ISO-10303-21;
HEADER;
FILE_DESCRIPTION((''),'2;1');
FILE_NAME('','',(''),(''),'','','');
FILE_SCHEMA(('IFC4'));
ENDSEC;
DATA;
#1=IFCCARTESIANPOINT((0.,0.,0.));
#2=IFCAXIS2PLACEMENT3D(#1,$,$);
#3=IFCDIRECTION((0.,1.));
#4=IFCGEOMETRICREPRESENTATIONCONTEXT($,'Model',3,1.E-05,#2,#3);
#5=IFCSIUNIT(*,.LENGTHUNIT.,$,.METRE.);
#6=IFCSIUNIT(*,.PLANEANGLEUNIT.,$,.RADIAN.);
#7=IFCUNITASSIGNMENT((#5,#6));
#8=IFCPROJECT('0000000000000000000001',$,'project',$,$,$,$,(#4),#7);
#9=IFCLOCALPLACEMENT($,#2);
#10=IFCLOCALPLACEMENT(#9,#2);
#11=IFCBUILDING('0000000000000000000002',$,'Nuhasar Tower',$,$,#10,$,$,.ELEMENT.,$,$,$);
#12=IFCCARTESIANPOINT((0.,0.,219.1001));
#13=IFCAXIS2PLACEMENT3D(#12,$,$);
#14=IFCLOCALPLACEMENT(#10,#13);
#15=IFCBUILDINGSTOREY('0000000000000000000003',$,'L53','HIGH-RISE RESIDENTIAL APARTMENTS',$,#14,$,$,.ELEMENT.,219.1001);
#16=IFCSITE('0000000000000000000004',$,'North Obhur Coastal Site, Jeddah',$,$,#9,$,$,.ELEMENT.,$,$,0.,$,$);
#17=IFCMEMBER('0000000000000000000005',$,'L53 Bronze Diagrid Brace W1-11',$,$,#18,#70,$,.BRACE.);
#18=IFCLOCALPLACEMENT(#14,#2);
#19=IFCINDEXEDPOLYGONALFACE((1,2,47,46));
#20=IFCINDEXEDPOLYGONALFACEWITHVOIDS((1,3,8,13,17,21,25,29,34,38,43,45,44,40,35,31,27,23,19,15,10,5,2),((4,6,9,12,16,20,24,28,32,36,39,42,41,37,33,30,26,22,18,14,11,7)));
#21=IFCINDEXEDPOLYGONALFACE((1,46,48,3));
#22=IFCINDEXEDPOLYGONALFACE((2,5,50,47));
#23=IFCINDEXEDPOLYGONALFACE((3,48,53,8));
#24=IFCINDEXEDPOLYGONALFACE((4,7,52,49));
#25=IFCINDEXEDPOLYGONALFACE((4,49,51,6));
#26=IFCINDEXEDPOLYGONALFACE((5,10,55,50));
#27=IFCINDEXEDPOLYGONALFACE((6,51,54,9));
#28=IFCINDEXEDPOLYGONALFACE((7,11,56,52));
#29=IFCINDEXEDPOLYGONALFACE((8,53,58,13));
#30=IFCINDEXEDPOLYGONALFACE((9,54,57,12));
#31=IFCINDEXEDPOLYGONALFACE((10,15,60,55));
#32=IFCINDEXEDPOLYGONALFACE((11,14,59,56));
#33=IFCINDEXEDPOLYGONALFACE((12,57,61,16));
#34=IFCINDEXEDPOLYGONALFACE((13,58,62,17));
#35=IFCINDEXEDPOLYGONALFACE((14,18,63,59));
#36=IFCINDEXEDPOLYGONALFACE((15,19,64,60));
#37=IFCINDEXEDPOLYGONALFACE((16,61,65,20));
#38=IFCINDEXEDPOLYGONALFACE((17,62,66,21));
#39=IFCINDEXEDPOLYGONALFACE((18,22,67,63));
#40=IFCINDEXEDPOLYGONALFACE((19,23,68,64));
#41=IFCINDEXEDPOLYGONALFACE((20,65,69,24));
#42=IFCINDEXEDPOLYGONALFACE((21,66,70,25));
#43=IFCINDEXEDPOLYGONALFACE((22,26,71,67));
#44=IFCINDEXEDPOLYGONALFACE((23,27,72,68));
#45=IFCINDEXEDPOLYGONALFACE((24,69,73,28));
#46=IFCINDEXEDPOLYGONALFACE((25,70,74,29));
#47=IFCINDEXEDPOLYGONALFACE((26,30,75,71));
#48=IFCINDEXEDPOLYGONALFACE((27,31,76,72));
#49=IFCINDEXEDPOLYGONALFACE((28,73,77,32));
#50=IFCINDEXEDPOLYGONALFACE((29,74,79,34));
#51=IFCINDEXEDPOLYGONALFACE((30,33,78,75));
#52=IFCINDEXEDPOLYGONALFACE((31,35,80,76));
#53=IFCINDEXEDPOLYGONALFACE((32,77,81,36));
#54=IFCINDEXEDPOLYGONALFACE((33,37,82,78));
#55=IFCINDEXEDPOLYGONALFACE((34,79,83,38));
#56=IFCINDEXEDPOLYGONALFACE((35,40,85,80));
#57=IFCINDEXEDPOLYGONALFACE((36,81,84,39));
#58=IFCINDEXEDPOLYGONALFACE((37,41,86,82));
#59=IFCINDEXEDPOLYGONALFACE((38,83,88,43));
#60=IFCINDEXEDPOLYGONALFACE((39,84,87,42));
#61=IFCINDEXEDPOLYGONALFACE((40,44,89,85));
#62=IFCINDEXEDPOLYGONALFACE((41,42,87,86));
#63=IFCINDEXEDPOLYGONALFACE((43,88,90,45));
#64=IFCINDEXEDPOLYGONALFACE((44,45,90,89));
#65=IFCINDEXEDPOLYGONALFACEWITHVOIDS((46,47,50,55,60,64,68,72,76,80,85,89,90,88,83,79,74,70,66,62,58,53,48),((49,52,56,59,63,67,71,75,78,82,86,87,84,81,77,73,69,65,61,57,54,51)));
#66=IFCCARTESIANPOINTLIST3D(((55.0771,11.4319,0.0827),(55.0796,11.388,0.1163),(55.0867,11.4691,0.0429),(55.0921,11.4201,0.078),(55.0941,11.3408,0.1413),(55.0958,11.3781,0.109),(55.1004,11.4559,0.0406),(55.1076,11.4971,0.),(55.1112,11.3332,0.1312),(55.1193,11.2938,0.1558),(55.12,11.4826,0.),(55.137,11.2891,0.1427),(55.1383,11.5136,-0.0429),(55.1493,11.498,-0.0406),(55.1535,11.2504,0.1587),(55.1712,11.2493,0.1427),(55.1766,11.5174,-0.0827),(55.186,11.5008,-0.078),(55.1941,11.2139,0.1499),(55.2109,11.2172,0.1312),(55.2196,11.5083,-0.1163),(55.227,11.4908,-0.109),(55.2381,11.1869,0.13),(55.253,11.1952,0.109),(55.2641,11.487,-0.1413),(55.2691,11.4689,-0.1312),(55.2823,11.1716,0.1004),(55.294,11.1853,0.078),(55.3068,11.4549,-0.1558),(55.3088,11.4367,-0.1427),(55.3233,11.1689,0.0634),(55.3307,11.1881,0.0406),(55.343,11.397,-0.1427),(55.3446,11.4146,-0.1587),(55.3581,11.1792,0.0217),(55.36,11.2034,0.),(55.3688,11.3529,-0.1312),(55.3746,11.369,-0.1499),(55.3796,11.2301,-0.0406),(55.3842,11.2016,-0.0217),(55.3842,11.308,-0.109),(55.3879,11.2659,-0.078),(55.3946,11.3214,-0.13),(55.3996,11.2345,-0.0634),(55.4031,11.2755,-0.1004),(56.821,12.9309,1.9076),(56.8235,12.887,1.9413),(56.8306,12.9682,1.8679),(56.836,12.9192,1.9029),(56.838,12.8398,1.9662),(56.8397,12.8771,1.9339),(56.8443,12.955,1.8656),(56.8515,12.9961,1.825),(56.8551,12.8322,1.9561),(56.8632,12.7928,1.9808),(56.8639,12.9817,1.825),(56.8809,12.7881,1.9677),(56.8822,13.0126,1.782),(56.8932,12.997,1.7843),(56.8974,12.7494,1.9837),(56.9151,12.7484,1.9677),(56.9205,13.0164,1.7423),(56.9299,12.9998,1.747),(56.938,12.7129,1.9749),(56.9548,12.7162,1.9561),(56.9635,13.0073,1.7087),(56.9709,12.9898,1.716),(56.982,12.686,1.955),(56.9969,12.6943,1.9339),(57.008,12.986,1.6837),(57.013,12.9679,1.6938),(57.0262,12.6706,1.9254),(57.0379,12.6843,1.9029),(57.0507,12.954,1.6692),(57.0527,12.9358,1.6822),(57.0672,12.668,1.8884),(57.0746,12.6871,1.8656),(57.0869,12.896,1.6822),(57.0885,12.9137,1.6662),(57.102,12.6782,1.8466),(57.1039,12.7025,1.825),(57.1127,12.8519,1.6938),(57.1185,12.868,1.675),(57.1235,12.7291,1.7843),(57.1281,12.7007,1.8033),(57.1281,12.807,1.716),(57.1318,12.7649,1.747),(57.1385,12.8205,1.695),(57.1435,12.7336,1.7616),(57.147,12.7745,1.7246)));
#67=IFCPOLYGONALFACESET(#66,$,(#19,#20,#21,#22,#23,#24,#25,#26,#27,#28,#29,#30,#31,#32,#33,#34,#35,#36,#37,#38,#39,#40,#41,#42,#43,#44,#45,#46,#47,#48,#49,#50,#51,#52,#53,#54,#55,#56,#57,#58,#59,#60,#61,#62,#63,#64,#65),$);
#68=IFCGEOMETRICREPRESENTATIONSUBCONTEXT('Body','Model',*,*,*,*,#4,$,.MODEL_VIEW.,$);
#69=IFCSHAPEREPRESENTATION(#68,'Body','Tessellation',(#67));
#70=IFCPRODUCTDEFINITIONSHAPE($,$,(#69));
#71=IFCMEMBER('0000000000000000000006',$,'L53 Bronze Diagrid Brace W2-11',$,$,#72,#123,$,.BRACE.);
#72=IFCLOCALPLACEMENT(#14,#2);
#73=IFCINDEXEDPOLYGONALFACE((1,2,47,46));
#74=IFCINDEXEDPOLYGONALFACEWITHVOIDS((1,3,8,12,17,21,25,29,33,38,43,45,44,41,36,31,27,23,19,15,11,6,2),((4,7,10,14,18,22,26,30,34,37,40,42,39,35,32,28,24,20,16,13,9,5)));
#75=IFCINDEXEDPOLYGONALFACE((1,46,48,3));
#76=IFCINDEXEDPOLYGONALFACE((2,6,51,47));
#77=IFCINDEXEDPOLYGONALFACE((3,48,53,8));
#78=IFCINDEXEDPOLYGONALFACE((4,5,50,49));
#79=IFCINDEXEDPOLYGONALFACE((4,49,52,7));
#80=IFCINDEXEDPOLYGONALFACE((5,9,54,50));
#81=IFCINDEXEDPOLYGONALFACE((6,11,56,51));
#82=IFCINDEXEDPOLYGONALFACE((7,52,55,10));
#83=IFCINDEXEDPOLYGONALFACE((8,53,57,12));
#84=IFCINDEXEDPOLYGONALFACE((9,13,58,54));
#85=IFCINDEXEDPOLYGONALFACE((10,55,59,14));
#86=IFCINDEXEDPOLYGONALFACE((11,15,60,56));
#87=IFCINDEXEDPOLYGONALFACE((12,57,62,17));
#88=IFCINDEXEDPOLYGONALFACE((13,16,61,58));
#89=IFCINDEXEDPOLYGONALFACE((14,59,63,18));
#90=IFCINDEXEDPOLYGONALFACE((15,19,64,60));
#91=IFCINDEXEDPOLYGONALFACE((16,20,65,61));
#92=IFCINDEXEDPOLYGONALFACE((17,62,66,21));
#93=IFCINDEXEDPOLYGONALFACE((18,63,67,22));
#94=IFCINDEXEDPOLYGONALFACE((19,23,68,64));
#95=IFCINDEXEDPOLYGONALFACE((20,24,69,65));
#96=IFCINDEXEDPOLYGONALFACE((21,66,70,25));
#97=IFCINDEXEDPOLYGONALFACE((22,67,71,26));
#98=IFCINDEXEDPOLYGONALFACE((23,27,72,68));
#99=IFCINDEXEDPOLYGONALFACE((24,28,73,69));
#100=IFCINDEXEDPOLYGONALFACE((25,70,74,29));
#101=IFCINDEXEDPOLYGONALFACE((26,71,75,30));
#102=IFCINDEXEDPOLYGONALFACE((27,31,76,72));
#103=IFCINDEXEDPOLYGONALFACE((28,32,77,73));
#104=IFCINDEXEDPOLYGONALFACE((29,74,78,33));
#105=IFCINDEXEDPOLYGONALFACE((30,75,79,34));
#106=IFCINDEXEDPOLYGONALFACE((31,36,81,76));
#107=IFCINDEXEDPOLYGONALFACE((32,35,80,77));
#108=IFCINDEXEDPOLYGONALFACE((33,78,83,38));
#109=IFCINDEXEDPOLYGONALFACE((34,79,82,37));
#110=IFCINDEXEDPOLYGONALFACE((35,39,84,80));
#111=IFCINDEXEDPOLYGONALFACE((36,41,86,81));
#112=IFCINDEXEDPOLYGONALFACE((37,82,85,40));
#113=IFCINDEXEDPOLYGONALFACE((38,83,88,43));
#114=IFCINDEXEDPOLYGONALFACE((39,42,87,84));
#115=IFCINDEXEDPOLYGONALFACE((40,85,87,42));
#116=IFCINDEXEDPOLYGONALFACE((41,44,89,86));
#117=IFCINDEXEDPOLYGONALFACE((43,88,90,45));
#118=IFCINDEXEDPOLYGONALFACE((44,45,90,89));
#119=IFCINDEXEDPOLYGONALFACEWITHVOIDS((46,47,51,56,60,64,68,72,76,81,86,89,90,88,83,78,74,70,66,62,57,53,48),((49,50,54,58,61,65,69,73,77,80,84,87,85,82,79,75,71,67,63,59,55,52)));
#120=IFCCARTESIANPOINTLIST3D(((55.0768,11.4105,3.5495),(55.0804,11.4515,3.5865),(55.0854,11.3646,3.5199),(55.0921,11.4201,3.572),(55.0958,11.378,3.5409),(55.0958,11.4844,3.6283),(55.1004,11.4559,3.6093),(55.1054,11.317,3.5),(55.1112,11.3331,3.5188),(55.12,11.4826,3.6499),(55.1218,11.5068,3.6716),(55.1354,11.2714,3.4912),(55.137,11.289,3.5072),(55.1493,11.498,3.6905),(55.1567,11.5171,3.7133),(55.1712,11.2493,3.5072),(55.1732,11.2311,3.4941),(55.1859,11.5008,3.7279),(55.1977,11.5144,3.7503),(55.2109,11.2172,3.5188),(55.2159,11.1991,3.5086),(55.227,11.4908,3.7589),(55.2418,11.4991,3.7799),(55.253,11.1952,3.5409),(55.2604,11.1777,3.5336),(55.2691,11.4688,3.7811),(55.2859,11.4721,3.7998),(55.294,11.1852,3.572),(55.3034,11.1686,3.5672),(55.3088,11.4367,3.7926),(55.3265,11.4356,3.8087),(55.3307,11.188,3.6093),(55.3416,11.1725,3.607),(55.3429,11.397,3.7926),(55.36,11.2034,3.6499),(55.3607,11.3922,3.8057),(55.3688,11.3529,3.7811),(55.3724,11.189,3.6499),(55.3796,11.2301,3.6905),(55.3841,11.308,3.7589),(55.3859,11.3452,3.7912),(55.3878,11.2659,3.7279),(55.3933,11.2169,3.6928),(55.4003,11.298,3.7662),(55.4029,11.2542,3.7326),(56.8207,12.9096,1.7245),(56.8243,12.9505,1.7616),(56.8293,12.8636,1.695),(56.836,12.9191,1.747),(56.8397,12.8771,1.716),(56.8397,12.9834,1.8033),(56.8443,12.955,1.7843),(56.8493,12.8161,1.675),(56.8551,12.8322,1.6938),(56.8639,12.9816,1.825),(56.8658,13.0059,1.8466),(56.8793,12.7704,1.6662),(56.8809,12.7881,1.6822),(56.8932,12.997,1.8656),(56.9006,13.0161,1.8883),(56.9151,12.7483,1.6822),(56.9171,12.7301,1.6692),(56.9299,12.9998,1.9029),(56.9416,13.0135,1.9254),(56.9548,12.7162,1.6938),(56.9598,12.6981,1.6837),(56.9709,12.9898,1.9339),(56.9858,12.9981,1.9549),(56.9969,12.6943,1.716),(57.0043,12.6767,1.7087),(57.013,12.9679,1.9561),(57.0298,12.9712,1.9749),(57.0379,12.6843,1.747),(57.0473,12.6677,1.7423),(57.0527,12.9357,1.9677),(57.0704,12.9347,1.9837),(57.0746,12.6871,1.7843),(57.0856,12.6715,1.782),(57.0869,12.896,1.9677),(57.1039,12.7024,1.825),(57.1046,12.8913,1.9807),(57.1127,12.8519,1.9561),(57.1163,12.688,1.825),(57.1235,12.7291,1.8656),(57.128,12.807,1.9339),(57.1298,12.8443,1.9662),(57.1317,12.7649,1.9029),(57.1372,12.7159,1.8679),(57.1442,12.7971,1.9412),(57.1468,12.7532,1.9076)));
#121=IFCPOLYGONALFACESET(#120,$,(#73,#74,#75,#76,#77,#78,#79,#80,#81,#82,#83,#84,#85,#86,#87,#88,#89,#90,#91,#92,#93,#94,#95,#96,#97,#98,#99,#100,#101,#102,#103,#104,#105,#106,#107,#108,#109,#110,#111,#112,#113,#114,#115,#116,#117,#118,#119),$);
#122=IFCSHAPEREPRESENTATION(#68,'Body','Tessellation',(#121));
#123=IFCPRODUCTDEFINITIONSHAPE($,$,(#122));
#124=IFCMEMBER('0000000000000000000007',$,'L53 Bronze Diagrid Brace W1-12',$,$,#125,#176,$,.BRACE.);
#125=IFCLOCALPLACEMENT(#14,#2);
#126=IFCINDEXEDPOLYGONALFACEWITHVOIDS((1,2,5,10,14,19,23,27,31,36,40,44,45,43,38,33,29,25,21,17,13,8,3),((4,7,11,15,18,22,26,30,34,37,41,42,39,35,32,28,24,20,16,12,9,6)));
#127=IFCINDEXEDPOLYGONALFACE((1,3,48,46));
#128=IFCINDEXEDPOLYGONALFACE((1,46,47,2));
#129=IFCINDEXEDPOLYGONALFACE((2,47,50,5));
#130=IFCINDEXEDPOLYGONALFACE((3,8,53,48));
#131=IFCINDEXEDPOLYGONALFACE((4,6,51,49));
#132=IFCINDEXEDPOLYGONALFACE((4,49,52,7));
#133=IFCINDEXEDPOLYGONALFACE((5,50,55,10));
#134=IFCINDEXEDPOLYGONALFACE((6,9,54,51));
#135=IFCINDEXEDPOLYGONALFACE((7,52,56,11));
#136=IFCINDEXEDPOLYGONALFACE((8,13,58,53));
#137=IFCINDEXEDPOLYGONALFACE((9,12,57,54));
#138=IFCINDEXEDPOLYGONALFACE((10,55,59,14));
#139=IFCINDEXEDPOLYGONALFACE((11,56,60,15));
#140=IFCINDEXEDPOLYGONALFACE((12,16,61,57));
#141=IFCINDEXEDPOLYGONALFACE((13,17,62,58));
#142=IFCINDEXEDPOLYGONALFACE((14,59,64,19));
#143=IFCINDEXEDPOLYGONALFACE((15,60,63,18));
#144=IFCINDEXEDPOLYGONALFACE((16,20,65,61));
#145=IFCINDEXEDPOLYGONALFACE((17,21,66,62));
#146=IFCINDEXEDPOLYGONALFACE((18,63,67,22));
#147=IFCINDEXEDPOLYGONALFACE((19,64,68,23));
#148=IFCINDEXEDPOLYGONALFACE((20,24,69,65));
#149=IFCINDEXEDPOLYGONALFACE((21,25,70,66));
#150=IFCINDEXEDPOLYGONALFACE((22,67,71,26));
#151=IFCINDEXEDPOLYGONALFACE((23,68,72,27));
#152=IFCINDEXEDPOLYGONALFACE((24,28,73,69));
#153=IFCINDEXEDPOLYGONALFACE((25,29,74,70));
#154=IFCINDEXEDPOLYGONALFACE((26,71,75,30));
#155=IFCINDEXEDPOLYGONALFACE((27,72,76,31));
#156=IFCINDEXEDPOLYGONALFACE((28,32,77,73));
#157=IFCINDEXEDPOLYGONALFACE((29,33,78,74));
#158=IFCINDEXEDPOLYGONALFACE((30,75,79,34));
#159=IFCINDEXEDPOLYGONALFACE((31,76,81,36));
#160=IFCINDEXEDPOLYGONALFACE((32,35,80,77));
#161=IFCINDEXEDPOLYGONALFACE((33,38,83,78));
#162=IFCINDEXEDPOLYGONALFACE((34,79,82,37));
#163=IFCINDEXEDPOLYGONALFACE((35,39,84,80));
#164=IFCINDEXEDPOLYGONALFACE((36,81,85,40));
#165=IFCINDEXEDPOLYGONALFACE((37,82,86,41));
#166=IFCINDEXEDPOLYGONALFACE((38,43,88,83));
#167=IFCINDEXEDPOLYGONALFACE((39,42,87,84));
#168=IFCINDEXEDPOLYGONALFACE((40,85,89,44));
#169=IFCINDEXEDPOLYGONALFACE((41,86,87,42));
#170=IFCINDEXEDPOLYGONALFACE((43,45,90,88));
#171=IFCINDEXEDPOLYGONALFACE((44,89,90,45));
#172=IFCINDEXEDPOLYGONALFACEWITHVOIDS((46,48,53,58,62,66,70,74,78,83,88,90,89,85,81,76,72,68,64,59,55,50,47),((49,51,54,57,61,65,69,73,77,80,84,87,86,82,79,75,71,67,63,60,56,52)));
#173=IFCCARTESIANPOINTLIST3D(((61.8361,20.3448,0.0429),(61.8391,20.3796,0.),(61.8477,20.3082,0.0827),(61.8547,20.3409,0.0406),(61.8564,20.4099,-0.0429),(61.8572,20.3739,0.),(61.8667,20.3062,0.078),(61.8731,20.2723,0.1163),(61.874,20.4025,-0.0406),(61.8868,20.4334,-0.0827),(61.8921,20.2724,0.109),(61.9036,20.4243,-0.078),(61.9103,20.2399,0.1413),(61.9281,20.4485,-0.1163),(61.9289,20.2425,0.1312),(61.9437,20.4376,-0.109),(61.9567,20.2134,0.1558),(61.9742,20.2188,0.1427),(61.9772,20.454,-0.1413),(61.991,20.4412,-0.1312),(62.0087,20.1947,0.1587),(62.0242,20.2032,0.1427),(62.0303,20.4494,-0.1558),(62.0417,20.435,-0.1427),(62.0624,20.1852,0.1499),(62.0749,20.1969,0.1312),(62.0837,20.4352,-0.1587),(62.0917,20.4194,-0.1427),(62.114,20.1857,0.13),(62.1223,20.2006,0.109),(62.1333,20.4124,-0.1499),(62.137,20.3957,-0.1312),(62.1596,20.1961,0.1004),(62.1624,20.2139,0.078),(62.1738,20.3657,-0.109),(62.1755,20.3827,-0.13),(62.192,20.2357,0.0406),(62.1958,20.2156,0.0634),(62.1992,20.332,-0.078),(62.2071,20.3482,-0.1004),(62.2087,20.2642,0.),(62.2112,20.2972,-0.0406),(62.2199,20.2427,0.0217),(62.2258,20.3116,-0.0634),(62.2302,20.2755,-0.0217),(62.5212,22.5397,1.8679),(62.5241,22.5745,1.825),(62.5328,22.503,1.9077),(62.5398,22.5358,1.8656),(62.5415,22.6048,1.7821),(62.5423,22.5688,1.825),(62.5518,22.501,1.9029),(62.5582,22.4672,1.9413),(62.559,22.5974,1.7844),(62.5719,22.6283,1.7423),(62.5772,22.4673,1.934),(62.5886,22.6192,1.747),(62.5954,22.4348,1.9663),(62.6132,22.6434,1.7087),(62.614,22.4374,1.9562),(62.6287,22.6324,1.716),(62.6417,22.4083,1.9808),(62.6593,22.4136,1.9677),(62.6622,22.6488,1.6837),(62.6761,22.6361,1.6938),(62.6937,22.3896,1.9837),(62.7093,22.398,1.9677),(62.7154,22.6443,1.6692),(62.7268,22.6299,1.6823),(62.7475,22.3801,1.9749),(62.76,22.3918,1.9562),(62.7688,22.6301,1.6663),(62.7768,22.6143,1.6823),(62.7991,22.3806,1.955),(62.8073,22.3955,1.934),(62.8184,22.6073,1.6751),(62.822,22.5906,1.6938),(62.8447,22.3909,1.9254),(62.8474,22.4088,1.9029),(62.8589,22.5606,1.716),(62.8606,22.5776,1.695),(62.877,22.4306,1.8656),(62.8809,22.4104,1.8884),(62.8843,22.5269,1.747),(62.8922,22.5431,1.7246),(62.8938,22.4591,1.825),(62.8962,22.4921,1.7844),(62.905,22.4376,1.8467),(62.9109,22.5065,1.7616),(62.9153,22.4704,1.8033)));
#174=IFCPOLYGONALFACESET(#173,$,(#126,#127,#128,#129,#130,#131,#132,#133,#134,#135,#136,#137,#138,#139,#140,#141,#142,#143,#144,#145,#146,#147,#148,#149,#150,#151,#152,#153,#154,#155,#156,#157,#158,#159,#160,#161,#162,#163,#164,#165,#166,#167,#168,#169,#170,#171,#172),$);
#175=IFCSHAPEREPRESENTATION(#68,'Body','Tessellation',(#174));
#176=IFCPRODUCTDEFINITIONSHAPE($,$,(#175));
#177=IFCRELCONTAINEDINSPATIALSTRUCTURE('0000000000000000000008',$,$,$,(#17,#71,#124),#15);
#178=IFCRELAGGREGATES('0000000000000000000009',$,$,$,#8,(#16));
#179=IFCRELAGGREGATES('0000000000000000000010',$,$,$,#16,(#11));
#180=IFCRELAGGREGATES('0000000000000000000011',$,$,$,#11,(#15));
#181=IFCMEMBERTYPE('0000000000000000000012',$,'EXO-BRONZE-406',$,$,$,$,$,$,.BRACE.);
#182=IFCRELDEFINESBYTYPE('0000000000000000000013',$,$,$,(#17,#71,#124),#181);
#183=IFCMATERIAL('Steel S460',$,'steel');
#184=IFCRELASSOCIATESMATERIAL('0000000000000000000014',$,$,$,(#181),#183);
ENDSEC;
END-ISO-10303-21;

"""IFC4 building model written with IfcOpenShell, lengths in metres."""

from ifc_helpers import new_model, si_unit, direction, frame, origin, origin_2d, place, context, subcontext, project, spatial, hollow_circle, extrude, material, material_profile, profile_set, type_object, element, save


model = new_model("IFC4")

# Units and contexts
model_context = context("Model", 3, precision=1e-05, world=origin(), true_north=direction((0.0, 1.0)))
body_context = subcontext(model_context, "Body", "Model", "MODEL_VIEW")
ifc_project = project(units=[si_unit("LENGTHUNIT", "METRE"), si_unit("PLANEANGLEUNIT", "RADIAN")], contexts=[model_context])

# Site, building, storey
site_placement = place(None, origin())
site = spatial("IfcSite", under=ifc_project, at=site_placement, Name="North Obhur Coastal Site, Jeddah", CompositionType="ELEMENT", RefElevation=0.0)
building_placement = place(site_placement, origin())
building = spatial("IfcBuilding", under=site, at=building_placement, Name="Nuhasar Tower", CompositionType="ELEMENT")
storey_placement = place(building_placement, frame((0.0, 0.0, 219.1001)))
storey = spatial("IfcBuildingStorey", under=building, at=storey_placement, Name="L53", Description="HIGH-RISE RESIDENTIAL APARTMENTS", CompositionType="ELEMENT", Elevation=219.1001)

# Members
ifc_material_1 = material(Name="Steel S460", Category="steel")
ifc_material_profile_1 = material_profile(ifc_material_1, hollow_circle(Radius=0.2031, WallThickness=0.019, at=origin_2d()), Name="HSS406.4X19.1")
ifc_profile_set_1 = profile_set([ifc_material_profile_1], Name="Steel S460")
member_type_1 = type_object("IfcMemberType", Name="EXO-BRONZE-406", PredefinedType="BRACE", material=ifc_profile_set_1)
for number, where, z_axis, x_axis, name in (
    (1, (55.24, 11.343, 0.0), (0.594019, 0.510608, 0.621628), (-0.651857, 0.758342, 0.0), "L53 Bronze Diagrid Brace W1-11"),
    (2, (56.9839, 12.842, 1.825), (-0.594019, -0.510608, 0.621628), (0.651857, -0.758342, 0.0), "L53 Bronze Diagrid Brace W2-11"),
):
    element("IfcMember", number, at=place(storey_placement, frame(where, z_axis=z_axis, x_axis=x_axis)), inside=storey, type_object=member_type_1, Name=name, PredefinedType="BRACE", context=body_context, shape_type="SweptSolid", body=[
        extrude(hollow_circle(Radius=0.2031, WallThickness=0.019, at=origin_2d()), origin(), (0.0, 0.0, 1.0), 2.9358),
    ])
for number, where, z_axis, x_axis, name in (
    (3, (62.033, 20.3191, 0.0), (0.233372, 0.74769, 0.621689), (-0.954582, 0.297948, 0.0), "L53 Bronze Diagrid Brace W1-12"),
):
    element("IfcMember", number, at=place(storey_placement, frame(where, z_axis=z_axis, x_axis=x_axis)), inside=storey, type_object=member_type_1, Name=name, PredefinedType="BRACE", context=body_context, shape_type="SweptSolid", body=[
        extrude(hollow_circle(Radius=0.2031, WallThickness=0.019, at=origin_2d()), origin(), (0.0, 0.0, 1.0), 2.9355),
    ])

save(model, "model.ifc")
